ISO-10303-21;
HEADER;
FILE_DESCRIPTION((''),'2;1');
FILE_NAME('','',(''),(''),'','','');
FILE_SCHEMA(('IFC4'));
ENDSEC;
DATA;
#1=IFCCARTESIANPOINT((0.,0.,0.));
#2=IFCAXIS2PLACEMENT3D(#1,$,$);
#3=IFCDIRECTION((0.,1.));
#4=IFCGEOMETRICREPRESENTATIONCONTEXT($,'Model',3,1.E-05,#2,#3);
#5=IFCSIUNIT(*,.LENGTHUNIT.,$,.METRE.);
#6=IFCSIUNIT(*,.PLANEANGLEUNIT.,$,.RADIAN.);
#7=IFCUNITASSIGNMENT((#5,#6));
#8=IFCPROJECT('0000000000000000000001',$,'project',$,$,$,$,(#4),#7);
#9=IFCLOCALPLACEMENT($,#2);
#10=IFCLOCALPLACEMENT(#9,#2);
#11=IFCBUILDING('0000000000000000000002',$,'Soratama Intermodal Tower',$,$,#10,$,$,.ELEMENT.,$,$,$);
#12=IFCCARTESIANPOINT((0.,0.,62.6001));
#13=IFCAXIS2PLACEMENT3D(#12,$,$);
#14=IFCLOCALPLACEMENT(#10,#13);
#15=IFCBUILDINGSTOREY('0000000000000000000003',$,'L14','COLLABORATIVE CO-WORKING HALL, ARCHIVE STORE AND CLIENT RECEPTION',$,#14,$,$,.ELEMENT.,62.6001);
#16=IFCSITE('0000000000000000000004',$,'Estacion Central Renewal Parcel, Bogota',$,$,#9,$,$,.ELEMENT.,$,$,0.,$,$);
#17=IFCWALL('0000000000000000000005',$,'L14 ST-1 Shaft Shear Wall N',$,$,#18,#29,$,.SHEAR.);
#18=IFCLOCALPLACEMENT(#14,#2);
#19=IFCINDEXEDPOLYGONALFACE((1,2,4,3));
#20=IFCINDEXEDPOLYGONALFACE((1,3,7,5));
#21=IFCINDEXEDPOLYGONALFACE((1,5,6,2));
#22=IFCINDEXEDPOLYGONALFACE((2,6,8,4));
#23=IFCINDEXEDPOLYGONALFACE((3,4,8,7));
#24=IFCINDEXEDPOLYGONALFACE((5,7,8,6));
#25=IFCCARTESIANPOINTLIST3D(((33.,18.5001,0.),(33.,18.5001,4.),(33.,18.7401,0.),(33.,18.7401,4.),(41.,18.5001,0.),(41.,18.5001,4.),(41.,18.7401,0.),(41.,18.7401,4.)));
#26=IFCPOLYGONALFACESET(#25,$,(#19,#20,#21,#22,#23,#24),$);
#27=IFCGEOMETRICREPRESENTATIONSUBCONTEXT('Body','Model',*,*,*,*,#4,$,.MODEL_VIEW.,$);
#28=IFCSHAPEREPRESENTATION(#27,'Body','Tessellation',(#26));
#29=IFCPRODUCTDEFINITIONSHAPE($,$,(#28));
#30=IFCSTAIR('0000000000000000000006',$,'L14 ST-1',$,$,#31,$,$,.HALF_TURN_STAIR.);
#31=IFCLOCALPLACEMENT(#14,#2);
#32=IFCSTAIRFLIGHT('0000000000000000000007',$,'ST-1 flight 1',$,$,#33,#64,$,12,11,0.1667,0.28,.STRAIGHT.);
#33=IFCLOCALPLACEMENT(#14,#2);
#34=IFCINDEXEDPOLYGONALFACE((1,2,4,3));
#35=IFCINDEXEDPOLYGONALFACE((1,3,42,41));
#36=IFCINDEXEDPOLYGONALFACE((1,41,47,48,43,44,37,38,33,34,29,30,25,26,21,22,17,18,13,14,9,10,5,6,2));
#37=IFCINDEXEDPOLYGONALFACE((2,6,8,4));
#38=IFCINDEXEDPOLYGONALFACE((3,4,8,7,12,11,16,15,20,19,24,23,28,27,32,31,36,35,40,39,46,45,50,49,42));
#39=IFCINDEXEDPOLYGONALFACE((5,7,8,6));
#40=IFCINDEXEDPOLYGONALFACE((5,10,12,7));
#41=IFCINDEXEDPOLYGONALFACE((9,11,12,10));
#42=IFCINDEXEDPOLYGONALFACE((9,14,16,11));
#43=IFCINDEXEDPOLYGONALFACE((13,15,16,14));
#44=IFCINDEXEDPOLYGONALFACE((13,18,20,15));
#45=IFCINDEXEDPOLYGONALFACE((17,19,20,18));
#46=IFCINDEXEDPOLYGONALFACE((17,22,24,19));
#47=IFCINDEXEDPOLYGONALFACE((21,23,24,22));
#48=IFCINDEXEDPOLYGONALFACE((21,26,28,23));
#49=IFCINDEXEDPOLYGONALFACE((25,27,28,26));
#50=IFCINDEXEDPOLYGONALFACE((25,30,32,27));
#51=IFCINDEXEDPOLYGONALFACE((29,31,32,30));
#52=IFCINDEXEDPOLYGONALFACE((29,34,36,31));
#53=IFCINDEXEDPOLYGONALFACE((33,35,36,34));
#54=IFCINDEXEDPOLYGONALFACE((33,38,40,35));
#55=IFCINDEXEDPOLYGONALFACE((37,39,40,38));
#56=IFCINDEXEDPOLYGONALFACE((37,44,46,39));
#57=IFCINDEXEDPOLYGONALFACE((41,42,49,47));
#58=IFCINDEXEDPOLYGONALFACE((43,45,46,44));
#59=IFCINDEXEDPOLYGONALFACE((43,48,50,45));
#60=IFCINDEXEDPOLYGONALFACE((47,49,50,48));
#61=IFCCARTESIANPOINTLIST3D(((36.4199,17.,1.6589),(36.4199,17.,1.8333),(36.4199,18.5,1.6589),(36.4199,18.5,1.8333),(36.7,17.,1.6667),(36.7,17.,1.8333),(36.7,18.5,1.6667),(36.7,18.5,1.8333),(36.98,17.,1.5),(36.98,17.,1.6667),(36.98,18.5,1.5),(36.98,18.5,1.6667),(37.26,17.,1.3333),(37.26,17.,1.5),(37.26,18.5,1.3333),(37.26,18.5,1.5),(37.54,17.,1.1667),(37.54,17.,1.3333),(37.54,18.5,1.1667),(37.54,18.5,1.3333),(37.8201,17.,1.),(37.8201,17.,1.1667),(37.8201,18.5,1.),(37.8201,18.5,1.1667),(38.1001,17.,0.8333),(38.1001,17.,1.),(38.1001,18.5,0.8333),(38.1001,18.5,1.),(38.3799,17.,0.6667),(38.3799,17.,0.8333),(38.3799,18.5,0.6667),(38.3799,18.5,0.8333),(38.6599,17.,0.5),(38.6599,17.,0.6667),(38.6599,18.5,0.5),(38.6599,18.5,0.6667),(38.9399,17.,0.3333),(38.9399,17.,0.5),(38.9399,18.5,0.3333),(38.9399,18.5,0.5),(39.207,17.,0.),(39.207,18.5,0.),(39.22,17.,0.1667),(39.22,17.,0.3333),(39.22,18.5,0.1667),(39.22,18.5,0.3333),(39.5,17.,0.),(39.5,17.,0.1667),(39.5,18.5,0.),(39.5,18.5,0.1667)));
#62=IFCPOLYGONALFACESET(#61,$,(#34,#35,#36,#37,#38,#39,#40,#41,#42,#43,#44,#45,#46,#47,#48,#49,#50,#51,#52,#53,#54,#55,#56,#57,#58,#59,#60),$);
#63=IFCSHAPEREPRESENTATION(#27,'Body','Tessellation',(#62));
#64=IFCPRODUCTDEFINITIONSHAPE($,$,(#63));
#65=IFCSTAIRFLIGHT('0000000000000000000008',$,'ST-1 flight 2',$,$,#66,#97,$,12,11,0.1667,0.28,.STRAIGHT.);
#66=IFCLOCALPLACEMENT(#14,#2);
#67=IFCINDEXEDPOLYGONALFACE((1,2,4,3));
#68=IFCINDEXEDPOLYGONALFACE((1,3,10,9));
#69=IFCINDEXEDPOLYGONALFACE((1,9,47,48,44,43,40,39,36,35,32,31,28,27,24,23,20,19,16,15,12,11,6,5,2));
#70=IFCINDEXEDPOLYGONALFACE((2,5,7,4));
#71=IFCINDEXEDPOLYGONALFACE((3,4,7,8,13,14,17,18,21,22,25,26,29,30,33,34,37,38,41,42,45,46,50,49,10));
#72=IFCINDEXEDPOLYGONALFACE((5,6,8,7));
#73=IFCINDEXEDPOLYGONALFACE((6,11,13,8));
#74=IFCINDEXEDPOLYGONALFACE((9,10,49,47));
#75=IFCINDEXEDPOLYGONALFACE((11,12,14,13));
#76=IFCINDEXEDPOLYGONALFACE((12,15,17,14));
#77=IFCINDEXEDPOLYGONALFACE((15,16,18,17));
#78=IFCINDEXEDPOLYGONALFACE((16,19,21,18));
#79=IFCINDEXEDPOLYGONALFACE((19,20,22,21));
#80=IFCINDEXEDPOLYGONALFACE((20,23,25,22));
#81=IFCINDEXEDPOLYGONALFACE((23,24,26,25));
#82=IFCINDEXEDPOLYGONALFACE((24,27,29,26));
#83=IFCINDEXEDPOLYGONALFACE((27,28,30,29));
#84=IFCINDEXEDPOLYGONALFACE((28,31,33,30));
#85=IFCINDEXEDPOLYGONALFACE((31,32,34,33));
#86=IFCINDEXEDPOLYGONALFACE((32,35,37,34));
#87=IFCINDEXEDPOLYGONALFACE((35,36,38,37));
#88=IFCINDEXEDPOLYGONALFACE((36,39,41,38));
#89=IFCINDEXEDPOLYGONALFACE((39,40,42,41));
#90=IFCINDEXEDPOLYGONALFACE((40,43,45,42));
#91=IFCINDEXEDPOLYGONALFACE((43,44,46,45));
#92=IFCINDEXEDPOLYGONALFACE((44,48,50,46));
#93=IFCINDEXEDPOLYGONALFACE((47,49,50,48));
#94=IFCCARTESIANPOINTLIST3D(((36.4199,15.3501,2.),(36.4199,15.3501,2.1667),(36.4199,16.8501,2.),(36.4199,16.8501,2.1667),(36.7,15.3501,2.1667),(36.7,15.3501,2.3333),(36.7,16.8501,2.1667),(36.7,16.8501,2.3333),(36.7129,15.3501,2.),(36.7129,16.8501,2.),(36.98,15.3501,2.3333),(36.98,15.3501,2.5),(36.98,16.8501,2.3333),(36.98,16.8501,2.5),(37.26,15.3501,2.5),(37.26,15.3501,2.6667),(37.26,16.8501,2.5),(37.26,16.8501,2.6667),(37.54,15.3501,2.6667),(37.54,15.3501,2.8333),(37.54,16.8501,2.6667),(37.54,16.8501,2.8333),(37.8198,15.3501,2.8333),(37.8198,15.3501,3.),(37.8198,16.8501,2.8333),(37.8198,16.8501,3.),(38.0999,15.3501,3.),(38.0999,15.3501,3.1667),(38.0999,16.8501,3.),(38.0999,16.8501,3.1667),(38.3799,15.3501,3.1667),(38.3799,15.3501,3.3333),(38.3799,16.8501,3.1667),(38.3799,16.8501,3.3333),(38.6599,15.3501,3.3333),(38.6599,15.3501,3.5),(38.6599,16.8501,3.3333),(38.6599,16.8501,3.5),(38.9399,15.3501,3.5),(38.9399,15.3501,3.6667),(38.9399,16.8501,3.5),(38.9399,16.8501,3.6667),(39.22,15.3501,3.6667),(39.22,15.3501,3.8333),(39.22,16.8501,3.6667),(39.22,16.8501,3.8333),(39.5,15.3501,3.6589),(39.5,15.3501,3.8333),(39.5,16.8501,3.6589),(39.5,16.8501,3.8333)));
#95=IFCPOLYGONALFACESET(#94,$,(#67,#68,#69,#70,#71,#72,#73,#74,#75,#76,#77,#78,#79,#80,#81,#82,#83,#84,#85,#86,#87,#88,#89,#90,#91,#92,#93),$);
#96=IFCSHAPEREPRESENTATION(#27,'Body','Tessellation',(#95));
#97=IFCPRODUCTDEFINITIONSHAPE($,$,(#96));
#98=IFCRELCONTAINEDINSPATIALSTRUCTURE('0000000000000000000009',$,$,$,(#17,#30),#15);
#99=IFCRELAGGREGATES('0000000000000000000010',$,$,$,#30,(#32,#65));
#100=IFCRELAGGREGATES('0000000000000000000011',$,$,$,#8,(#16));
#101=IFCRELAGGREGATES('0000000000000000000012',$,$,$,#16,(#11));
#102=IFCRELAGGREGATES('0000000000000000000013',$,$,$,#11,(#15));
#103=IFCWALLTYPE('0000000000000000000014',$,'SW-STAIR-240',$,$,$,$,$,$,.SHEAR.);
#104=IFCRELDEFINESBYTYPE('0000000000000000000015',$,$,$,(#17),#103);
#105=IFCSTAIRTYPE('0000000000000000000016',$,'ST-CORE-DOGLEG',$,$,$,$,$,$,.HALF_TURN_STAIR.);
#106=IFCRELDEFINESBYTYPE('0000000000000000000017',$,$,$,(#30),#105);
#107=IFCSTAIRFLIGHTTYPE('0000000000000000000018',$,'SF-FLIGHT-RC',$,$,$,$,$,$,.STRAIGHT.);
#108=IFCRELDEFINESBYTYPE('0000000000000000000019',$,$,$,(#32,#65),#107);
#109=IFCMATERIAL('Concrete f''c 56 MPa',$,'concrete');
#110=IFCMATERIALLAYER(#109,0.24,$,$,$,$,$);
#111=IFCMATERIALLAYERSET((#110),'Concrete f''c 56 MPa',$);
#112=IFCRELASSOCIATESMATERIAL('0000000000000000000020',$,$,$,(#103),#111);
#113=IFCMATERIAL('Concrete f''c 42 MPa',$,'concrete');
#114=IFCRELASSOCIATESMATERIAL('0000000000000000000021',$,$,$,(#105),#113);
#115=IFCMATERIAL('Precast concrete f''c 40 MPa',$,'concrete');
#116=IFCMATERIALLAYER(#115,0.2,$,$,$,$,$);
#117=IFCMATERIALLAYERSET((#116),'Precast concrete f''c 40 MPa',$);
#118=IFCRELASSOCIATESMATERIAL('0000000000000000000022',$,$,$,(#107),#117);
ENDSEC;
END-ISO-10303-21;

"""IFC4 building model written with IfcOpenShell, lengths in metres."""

from ifc_helpers import new_model, si_unit, direction, frame, frame_2d, origin, place, context, subcontext, project, spatial, polyline, rectangle, outline, extrude, material, layer, layer_set, type_object, element, aggregate, save


model = new_model("IFC4")

# Units and contexts
model_context = context("Model", 3, precision=1e-05, world=origin(), true_north=direction((0.0, 1.0)))
body_context = subcontext(model_context, "Body", "Model", "MODEL_VIEW")
ifc_project = project(units=[si_unit("LENGTHUNIT", "METRE"), si_unit("PLANEANGLEUNIT", "RADIAN")], contexts=[model_context])

# Site, building, storey
site_placement = place(None, origin())
site = spatial("IfcSite", under=ifc_project, at=site_placement, Name="Estacion Central Renewal Parcel, Bogota", CompositionType="ELEMENT", RefElevation=0.0)
building_placement = place(site_placement, origin())
building = spatial("IfcBuilding", under=site, at=building_placement, Name="Soratama Intermodal Tower", CompositionType="ELEMENT")
storey_placement = place(building_placement, frame((0.0, 0.0, 62.6001)))
storey = spatial("IfcBuildingStorey", under=building, at=storey_placement, Name="L14", Description="COLLABORATIVE CO-WORKING HALL, ARCHIVE STORE AND CLIENT RECEPTION", CompositionType="ELEMENT", Elevation=62.6001)

# Wall
ifc_material_1 = material(Name="Concrete f'c 56 MPa", Category="concrete")
ifc_layer_1 = layer(ifc_material_1, 0.24)
ifc_layer_set_1 = layer_set([ifc_layer_1], Name="Concrete f'c 56 MPa")
wall_type_1 = type_object("IfcWallType", Name="SW-STAIR-240", PredefinedType="SHEAR", material=ifc_layer_set_1)
for number, where, z_axis, x_axis, name in (
    (1, (33.0, 18.6201, 0.0), (0.0, 0.0, 1.0), (1.0, 0.0, 0.0), "L14 ST-1 Shaft Shear Wall N"),
):
    element("IfcWall", number, at=place(storey_placement, frame(where, z_axis=z_axis, x_axis=x_axis)), inside=storey, type_object=wall_type_1, Name=name, PredefinedType="SHEAR", context=body_context, shape_type="SweptSolid", body=[
        extrude(rectangle(XDim=8.0, YDim=0.24, at=frame_2d((4.0, 0.0))), origin(), (0.0, 0.0, 1.0), 4.0),
    ])

# Stair, stair flights
ifc_material_2 = material(Name="Concrete f'c 42 MPa", Category="concrete")
stair_type = type_object("IfcStairType", Name="ST-CORE-DOGLEG", PredefinedType="HALF_TURN_STAIR", material=ifc_material_2)
stair_placement = place(storey_placement, origin())
stair = element("IfcStair", 2, at=stair_placement, inside=storey, type_object=stair_type, Name="L14 ST-1", PredefinedType="HALF_TURN_STAIR")
ifc_material_3 = material(Name="Precast concrete f'c 40 MPa", Category="concrete")
ifc_layer_2 = layer(ifc_material_3, 0.2)
ifc_layer_set_2 = layer_set([ifc_layer_2], Name="Precast concrete f'c 40 MPa")
stair_flight_type = type_object("IfcStairFlightType", Name="SF-FLIGHT-RC", PredefinedType="STRAIGHT", material=ifc_layer_set_2)
stair_flight_1_placement = place(storey_placement, frame((39.5, 17.75, 0.0), z_axis=(0.0, 0.0, 1.0), x_axis=(-1.0, 0.0, 0.0)))
stair_flight_1 = element("IfcStairFlight", 3, at=stair_flight_1_placement, type_object=stair_flight_type, Name="ST-1 flight 1", NumberOfRisers=12, NumberOfTreads=11, PredefinedType="STRAIGHT", RiserHeight=0.1667, TreadLength=0.28, context=body_context, shape_type="SweptSolid", body=[
    extrude(outline(polyline([(0.0, 0.0), (0.0, 0.1667), (0.28, 0.1667), (0.28, 0.3333), (0.5601, 0.3333), (0.5601, 0.5), (0.8401, 0.5), (0.8401, 0.6667), (1.1201, 0.6667), (1.1201, 0.8333), (1.3999, 0.8333), (1.3999, 1.0), (1.6799, 1.0), (1.6799, 1.1667), (1.96, 1.1667), (1.96, 1.3333), (2.24, 1.3333), (2.24, 1.5), (2.52, 1.5), (2.52, 1.6667), (2.8, 1.6667), (2.8, 1.8333), (3.0801, 1.8333), (3.0801, 2.0), (3.0801, 1.6589), (0.293, 0.0), (0.0, 0.0)])), frame((0.0, 0.75, 0.0), z_axis=(0.0, -1.0, 0.0), x_axis=(1.0, 0.0, 0.0)), (0.0, 0.0, 1.0), 1.5),
])
stair_flight_2_placement = place(storey_placement, frame((36.4199, 16.1001, 2.0), z_axis=(0.0, 0.0, 1.0), x_axis=(1.0, 0.0, 0.0)))
stair_flight_2 = element("IfcStairFlight", 4, at=stair_flight_2_placement, type_object=stair_flight_type, Name="ST-1 flight 2", NumberOfRisers=12, NumberOfTreads=11, PredefinedType="STRAIGHT", RiserHeight=0.1667, TreadLength=0.28, context=body_context, shape_type="SweptSolid", body=[
    extrude(outline(polyline([(0.0, 0.0), (0.0, 0.1667), (0.28, 0.1667), (0.28, 0.3333), (0.5601, 0.3333), (0.5601, 0.5), (0.8401, 0.5), (0.8401, 0.6667), (1.1201, 0.6667), (1.1201, 0.8333), (1.3999, 0.8333), (1.3999, 1.0), (1.6799, 1.0), (1.6799, 1.1667), (1.96, 1.1667), (1.96, 1.3333), (2.24, 1.3333), (2.24, 1.5), (2.52, 1.5), (2.52, 1.6667), (2.8, 1.6667), (2.8, 1.8333), (3.0801, 1.8333), (3.0801, 2.0), (3.0801, 1.6589), (0.293, 0.0), (0.0, 0.0)])), frame((0.0, 0.75, 0.0), z_axis=(0.0, -1.0, 0.0), x_axis=(1.0, 0.0, 0.0)), (0.0, 0.0, 1.0), 1.5),
])
aggregate(stair, [stair_flight_1, stair_flight_2])

save(model, "model.ifc")
